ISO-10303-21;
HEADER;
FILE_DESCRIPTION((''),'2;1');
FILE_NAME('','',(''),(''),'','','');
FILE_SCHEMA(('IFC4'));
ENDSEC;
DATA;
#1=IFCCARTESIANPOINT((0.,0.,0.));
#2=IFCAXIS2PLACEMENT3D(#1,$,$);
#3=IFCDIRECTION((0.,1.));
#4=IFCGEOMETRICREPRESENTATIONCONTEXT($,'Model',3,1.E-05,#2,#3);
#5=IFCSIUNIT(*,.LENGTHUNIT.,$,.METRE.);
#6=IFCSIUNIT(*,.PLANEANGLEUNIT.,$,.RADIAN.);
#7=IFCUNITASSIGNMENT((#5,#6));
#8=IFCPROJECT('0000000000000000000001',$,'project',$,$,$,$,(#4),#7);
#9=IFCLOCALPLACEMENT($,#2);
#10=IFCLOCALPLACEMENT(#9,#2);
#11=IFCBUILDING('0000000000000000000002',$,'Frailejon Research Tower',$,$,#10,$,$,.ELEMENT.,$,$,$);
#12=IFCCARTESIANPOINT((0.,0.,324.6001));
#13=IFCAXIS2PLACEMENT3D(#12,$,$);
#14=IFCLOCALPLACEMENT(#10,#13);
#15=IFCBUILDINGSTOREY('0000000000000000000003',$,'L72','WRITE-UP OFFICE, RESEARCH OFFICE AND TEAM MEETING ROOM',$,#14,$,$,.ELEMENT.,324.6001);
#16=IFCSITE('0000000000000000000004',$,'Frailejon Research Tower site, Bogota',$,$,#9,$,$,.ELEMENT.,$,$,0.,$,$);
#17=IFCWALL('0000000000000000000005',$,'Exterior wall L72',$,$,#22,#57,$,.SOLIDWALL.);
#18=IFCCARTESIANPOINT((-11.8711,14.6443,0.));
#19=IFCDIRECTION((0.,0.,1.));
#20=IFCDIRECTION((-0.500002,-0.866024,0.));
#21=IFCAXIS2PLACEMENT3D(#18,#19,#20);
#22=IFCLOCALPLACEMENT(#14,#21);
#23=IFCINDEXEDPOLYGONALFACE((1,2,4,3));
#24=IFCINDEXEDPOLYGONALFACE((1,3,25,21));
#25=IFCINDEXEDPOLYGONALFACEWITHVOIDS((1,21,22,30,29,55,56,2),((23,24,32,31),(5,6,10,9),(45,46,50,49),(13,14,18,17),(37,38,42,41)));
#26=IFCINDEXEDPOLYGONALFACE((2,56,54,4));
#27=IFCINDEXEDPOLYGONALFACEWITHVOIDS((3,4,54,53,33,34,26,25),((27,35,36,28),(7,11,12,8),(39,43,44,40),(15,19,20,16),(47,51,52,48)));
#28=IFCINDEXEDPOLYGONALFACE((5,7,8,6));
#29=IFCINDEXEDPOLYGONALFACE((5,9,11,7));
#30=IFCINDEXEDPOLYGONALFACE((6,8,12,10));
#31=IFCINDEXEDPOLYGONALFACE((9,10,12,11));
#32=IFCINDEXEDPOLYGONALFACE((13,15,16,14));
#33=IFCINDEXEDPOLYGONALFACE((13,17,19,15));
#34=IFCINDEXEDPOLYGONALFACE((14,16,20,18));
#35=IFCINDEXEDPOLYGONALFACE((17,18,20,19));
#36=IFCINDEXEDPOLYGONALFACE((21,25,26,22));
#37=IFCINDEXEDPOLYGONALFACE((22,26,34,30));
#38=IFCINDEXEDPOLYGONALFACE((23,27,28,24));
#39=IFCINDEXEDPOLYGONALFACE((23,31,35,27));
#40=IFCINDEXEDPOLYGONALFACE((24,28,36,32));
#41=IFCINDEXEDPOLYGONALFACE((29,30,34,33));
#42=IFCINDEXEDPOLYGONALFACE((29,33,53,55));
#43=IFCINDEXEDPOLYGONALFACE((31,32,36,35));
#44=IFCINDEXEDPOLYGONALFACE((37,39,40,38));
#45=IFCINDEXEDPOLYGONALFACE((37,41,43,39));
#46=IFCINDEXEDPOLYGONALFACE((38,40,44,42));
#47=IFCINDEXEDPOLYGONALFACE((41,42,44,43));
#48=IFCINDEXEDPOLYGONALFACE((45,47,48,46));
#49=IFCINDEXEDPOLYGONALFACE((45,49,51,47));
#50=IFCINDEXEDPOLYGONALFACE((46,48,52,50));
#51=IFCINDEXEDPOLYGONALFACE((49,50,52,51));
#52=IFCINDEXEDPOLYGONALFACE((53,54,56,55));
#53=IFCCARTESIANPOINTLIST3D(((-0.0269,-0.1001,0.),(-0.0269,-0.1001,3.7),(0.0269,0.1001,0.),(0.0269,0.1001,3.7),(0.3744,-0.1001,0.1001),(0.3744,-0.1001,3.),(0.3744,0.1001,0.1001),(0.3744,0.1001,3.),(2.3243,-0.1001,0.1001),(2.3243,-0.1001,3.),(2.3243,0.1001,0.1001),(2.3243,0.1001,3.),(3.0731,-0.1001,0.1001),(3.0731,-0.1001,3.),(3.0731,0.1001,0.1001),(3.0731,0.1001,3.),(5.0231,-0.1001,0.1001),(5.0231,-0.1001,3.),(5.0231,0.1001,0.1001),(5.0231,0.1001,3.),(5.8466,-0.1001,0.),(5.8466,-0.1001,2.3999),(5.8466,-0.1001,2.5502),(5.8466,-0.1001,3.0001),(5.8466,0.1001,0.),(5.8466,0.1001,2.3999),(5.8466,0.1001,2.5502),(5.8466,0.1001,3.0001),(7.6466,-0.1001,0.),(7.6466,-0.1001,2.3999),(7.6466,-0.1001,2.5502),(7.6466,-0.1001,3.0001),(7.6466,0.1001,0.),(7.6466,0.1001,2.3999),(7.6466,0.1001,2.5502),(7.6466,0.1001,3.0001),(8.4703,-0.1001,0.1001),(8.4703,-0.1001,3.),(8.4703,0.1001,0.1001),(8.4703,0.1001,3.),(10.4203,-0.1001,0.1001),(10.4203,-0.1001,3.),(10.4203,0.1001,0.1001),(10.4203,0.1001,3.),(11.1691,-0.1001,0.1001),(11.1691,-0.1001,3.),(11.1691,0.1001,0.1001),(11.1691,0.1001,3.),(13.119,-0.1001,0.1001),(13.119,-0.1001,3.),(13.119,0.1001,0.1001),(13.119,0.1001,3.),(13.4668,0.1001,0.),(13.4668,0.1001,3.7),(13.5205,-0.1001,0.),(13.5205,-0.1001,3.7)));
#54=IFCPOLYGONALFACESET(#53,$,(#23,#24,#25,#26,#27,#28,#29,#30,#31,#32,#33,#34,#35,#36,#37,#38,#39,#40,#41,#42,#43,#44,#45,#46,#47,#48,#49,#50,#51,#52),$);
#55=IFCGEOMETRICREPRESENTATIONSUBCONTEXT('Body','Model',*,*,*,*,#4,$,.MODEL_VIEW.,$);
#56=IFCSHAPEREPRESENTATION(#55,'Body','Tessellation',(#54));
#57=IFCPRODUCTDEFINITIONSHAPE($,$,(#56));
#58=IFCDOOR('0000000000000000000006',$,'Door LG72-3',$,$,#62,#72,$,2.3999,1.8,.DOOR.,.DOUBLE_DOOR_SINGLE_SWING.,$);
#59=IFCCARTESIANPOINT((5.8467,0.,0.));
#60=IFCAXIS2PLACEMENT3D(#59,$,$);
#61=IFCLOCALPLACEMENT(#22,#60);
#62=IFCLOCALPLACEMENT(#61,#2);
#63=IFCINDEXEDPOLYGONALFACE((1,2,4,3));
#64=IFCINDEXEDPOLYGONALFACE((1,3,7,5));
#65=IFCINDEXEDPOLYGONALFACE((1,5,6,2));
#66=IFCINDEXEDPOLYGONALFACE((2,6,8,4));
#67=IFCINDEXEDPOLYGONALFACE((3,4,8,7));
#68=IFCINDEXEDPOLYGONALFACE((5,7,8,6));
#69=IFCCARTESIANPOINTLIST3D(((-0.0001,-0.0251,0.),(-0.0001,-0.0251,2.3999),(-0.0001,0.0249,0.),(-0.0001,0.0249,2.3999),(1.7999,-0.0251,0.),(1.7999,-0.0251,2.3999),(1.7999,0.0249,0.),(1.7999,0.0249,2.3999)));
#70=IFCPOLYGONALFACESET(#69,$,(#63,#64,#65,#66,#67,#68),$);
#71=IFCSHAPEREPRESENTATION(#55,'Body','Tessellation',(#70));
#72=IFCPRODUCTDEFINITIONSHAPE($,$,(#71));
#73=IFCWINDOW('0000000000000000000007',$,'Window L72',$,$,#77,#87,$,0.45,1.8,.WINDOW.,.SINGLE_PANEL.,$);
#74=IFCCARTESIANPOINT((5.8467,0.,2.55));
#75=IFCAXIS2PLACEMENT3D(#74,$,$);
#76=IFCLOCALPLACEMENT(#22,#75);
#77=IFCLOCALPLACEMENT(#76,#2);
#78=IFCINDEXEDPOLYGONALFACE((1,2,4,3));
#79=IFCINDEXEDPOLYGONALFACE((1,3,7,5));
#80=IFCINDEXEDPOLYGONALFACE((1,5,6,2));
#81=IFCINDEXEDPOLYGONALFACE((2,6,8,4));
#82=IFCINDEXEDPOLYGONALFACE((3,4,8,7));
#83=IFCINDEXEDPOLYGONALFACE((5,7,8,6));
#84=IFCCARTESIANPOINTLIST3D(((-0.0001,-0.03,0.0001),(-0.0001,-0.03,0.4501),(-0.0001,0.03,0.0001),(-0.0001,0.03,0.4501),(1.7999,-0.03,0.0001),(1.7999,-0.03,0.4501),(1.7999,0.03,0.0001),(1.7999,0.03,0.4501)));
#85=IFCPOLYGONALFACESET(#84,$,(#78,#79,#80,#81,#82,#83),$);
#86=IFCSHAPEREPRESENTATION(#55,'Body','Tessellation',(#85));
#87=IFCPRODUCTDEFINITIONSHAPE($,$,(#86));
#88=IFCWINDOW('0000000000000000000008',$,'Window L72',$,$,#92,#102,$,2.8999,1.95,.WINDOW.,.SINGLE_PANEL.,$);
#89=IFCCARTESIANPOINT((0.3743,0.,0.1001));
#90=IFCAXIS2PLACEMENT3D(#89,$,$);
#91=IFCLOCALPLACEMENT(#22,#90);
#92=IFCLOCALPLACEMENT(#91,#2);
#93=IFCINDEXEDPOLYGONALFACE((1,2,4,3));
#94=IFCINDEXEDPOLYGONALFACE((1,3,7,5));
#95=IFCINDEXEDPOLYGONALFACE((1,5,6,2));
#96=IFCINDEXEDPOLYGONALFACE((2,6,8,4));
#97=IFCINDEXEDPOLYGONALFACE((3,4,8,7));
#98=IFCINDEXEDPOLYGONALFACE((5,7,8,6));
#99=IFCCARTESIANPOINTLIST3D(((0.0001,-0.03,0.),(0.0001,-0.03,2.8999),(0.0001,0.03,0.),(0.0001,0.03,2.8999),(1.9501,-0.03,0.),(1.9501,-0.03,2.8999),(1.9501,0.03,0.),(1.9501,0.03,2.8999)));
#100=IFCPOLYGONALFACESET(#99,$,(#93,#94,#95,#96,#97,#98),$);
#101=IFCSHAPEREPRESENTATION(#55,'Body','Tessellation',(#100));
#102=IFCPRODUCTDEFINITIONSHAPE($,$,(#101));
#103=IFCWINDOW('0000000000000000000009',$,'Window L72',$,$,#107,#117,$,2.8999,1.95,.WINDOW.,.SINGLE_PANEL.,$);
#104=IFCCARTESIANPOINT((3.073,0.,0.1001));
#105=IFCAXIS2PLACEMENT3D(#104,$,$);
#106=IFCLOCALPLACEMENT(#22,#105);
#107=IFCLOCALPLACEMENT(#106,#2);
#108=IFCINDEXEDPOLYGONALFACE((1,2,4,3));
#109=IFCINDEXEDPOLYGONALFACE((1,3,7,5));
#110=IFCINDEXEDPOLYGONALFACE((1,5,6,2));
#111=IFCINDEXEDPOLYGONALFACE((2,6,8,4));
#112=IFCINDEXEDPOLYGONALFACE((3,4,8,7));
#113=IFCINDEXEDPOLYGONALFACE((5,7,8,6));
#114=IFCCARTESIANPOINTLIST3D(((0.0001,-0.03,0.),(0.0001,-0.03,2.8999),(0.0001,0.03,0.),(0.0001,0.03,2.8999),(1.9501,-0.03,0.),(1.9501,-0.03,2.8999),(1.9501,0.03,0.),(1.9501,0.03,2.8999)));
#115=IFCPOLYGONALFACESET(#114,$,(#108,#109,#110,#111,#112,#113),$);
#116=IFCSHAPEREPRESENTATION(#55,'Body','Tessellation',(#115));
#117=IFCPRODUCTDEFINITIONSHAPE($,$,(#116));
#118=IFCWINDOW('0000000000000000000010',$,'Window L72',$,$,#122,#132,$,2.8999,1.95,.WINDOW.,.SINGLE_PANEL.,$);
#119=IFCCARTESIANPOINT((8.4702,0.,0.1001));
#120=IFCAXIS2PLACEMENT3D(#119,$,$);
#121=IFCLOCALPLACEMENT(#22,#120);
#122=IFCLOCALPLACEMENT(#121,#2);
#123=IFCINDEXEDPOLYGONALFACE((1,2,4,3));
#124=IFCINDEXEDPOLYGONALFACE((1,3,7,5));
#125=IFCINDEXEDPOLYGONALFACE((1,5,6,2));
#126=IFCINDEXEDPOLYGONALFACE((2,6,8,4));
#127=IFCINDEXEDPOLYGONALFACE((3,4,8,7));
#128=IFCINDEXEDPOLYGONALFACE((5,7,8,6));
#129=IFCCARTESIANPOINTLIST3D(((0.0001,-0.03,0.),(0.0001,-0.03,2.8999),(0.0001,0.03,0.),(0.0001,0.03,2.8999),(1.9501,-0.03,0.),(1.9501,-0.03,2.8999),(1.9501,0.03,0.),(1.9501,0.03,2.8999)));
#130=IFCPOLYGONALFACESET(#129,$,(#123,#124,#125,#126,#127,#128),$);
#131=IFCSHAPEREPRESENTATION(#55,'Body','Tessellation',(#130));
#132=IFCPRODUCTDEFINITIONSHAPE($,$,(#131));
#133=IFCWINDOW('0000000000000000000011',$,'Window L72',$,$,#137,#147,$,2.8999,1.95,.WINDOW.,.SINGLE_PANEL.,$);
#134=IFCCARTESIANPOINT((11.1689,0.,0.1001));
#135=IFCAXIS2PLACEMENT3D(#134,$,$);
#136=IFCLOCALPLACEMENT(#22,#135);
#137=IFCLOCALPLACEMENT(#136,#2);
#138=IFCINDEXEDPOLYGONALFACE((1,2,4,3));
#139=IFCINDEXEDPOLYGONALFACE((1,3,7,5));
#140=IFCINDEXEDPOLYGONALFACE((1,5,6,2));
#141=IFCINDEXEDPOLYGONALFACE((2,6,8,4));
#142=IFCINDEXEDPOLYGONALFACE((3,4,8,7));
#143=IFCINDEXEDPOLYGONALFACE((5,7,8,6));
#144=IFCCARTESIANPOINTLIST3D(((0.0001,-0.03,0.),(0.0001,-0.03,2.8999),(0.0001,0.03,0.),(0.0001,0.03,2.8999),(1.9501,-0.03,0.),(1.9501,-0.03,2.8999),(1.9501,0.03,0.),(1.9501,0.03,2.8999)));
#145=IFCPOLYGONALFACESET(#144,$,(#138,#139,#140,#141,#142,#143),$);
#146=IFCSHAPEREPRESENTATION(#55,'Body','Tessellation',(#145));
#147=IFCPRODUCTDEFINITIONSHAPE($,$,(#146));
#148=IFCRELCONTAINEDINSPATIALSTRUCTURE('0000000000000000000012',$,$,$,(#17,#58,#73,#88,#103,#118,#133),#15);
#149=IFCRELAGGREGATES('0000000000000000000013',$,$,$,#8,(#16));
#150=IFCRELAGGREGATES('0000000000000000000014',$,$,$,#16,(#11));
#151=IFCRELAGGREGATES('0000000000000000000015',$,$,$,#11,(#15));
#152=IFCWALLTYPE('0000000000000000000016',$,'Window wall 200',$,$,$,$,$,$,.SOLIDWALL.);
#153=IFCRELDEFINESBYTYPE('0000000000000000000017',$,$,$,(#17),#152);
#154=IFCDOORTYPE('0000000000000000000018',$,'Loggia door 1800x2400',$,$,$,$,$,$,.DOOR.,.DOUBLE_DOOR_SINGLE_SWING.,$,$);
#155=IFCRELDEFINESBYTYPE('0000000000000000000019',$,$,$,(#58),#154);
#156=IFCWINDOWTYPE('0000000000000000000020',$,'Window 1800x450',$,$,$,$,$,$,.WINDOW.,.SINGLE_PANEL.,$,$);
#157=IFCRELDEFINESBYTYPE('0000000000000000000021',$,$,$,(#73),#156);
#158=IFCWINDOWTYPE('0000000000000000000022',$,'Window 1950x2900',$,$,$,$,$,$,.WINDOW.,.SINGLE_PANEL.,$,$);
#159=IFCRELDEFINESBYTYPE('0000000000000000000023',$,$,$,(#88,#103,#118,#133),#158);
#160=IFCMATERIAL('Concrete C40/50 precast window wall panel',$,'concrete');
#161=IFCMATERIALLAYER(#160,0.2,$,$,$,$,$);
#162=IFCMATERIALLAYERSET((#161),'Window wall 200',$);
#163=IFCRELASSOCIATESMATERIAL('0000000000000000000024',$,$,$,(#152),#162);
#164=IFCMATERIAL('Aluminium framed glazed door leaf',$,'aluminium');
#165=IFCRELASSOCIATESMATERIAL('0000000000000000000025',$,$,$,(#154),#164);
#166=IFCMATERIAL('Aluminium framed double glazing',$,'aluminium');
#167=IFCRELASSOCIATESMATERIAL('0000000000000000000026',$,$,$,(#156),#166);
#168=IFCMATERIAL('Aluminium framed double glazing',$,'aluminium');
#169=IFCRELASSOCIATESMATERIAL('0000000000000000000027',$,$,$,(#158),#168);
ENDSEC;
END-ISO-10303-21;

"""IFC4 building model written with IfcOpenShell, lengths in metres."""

from ifc_helpers import new_model, si_unit, direction, frame, frame_2d, origin, place, context, subcontext, project, spatial, polyline, rectangle, outline, extrude, material, layer, layer_set, type_object, element, fill, save


model = new_model("IFC4")

# Units and contexts
model_context = context("Model", 3, precision=1e-05, world=origin(), true_north=direction((0.0, 1.0)))
body_context = subcontext(model_context, "Body", "Model", "MODEL_VIEW")
ifc_project = project(units=[si_unit("LENGTHUNIT", "METRE"), si_unit("PLANEANGLEUNIT", "RADIAN")], contexts=[model_context])

# Site, building, storey
site_placement = place(None, origin())
site = spatial("IfcSite", under=ifc_project, at=site_placement, Name="Frailejon Research Tower site, Bogota", CompositionType="ELEMENT", RefElevation=0.0)
building_placement = place(site_placement, origin())
building = spatial("IfcBuilding", under=site, at=building_placement, Name="Frailejon Research Tower", CompositionType="ELEMENT")
storey_placement = place(building_placement, frame((0.0, 0.0, 324.6001)))
storey = spatial("IfcBuildingStorey", under=building, at=storey_placement, Name="L72", Description="WRITE-UP OFFICE, RESEARCH OFFICE AND TEAM MEETING ROOM", CompositionType="ELEMENT", Elevation=324.6001)

# Wall, openings, door, windows
ifc_material_1 = material(Name="Concrete C40/50 precast window wall panel", Category="concrete")
ifc_layer_1 = layer(ifc_material_1, 0.2)
ifc_layer_set_1 = layer_set([ifc_layer_1], Name="Window wall 200")
wall_type_1 = type_object("IfcWallType", Name="Window wall 200", PredefinedType="SOLIDWALL", material=ifc_layer_set_1)
wall_1_placement = place(storey_placement, frame((-11.8711, 14.6443, 0.0), z_axis=(0.0, 0.0, 1.0), x_axis=(-0.500002, -0.866024, 0.0)))
wall_1 = element("IfcWall", 1, at=wall_1_placement, inside=storey, type_object=wall_type_1, Name="Exterior wall L72", PredefinedType="SOLIDWALL", context=body_context, shape_type="SweptSolid", body=[
    extrude(outline(polyline([(-0.0269, -0.1001), (1.0151, -0.1001), (2.0574, -0.1001), (3.0994, -0.1001), (4.1416, -0.1001), (5.1836, -0.1001), (6.2258, -0.1001), (7.2678, -0.1001), (8.3101, -0.1001), (9.3521, -0.1001), (10.3943, -0.1001), (11.4363, -0.1001), (12.4785, -0.1001), (13.5205, -0.1001), (13.4668, 0.1001), (12.4329, 0.1001), (11.3992, 0.1001), (10.3652, 0.1001), (9.3315, 0.1001), (8.2976, 0.1001), (7.2637, 0.1001), (6.23, 0.1001), (5.196, 0.1001), (4.1621, 0.1001), (3.1284, 0.1001), (2.0945, 0.1001), (1.0608, 0.1001), (0.0269, 0.1001), (-0.0269, -0.1001)])), origin(), (0.0, 0.0, 1.0), 3.7),
])
opening_1_placement = place(wall_1_placement, frame((0.3743, 0.0, 0.1001)))
opening_1 = element("IfcOpeningElement", 2, at=opening_1_placement, cuts=wall_1, PredefinedType="OPENING", context=body_context, shape_type="SweptSolid", body=[
    extrude(rectangle(XDim=1.95, YDim=2.8999, at=frame_2d((0.9751, 1.45))), frame((0.0, 0.1099, 0.0), z_axis=(0.0, -1.0, 0.0), x_axis=(1.0, 0.0, 0.0)), (0.0, 0.0, 1.0), 0.22),
])
opening_2_placement = place(wall_1_placement, frame((3.073, 0.0, 0.1001)))
opening_2 = element("IfcOpeningElement", 3, at=opening_2_placement, cuts=wall_1, PredefinedType="OPENING", context=body_context, shape_type="SweptSolid", body=[
    extrude(rectangle(XDim=1.95, YDim=2.8999, at=frame_2d((0.9751, 1.45))), frame((0.0, 0.1099, 0.0), z_axis=(0.0, -1.0, 0.0), x_axis=(1.0, 0.0, 0.0)), (0.0, 0.0, 1.0), 0.22),
])
opening_3_placement = place(wall_1_placement, frame((5.8467, 0.0, 0.0)))
opening_3 = element("IfcOpeningElement", 4, at=opening_3_placement, cuts=wall_1, PredefinedType="OPENING", context=body_context, shape_type="SweptSolid", body=[
    extrude(rectangle(XDim=1.8, YDim=2.3999, at=frame_2d((0.8999, 1.2))), frame((0.0, 0.1099, 0.0), z_axis=(0.0, -1.0, 0.0), x_axis=(1.0, 0.0, 0.0)), (0.0, 0.0, 1.0), 0.22),
])
opening_4_placement = place(wall_1_placement, frame((5.8467, 0.0, 2.55)))
opening_4 = element("IfcOpeningElement", 5, at=opening_4_placement, cuts=wall_1, PredefinedType="OPENING", context=body_context, shape_type="SweptSolid", body=[
    extrude(rectangle(XDim=1.8, YDim=0.45, at=frame_2d((0.8999, 0.2251))), frame((0.0, 0.1099, 0.0), z_axis=(0.0, -1.0, 0.0), x_axis=(1.0, 0.0, 0.0)), (0.0, 0.0, 1.0), 0.22),
])
opening_5_placement = place(wall_1_placement, frame((8.4702, 0.0, 0.1001)))
opening_5 = element("IfcOpeningElement", 6, at=opening_5_placement, cuts=wall_1, PredefinedType="OPENING", context=body_context, shape_type="SweptSolid", body=[
    extrude(rectangle(XDim=1.95, YDim=2.8999, at=frame_2d((0.9751, 1.45))), frame((0.0, 0.1099, 0.0), z_axis=(0.0, -1.0, 0.0), x_axis=(1.0, 0.0, 0.0)), (0.0, 0.0, 1.0), 0.22),
])
opening_6_placement = place(wall_1_placement, frame((11.1689, 0.0, 0.1001)))
opening_6 = element("IfcOpeningElement", 7, at=opening_6_placement, cuts=wall_1, PredefinedType="OPENING", context=body_context, shape_type="SweptSolid", body=[
    extrude(rectangle(XDim=1.95, YDim=2.8999, at=frame_2d((0.9751, 1.45))), frame((0.0, 0.1099, 0.0), z_axis=(0.0, -1.0, 0.0), x_axis=(1.0, 0.0, 0.0)), (0.0, 0.0, 1.0), 0.22),
])
ifc_material_2 = material(Name="Aluminium framed glazed door leaf", Category="aluminium")
door_type_1 = type_object("IfcDoorType", Name="Loggia door 1800x2400", OperationType="DOUBLE_DOOR_SINGLE_SWING", PredefinedType="DOOR", material=ifc_material_2)
door_1_placement = place(opening_3_placement, origin())
door_1 = element("IfcDoor", 8, at=door_1_placement, inside=storey, type_object=door_type_1, Name="Door LG72-3", OperationType="DOUBLE_DOOR_SINGLE_SWING", OverallHeight=2.3999, OverallWidth=1.8, PredefinedType="DOOR", context=body_context, shape_type="SweptSolid", body=[
    extrude(rectangle(XDim=1.8, YDim=2.3999, at=frame_2d((0.8999, 1.2))), frame((0.0, 0.0249, 0.0), z_axis=(0.0, -1.0, 0.0), x_axis=(1.0, 0.0, 0.0)), (0.0, 0.0, 1.0), 0.05),
])
fill(opening_3, door_1)
ifc_material_3 = material(Name="Aluminium framed double glazing", Category="aluminium")
window_type_1 = type_object("IfcWindowType", Name="Window 1800x450", PartitioningType="SINGLE_PANEL", PredefinedType="WINDOW", material=ifc_material_3)
window_1_placement = place(opening_4_placement, origin())
window_1 = element("IfcWindow", 9, at=window_1_placement, inside=storey, type_object=window_type_1, Name="Window L72", OverallHeight=0.45, OverallWidth=1.8, PartitioningType="SINGLE_PANEL", PredefinedType="WINDOW", context=body_context, shape_type="SweptSolid", body=[
    extrude(rectangle(XDim=1.8, YDim=0.45, at=frame_2d((0.8999, 0.2251))), frame((0.0, 0.03, 0.0), z_axis=(0.0, -1.0, 0.0), x_axis=(1.0, 0.0, 0.0)), (0.0, 0.0, 1.0), 0.0601),
])
fill(opening_4, window_1)
ifc_material_4 = material(Name="Aluminium framed double glazing", Category="aluminium")
window_type_2 = type_object("IfcWindowType", Name="Window 1950x2900", PartitioningType="SINGLE_PANEL", PredefinedType="WINDOW", material=ifc_material_4)
window_2_placement = place(opening_1_placement, origin())
window_2 = element("IfcWindow", 10, at=window_2_placement, inside=storey, type_object=window_type_2, Name="Window L72", OverallHeight=2.8999, OverallWidth=1.95, PartitioningType="SINGLE_PANEL", PredefinedType="WINDOW", context=body_context, shape_type="SweptSolid", body=[
    extrude(rectangle(XDim=1.95, YDim=2.8999, at=frame_2d((0.9751, 1.45))), frame((0.0, 0.03, 0.0), z_axis=(0.0, -1.0, 0.0), x_axis=(1.0, 0.0, 0.0)), (0.0, 0.0, 1.0), 0.0601),
])
fill(opening_1, window_2)
window_3_placement = place(opening_2_placement, origin())
window_3 = element("IfcWindow", 11, at=window_3_placement, inside=storey, type_object=window_type_2, Name="Window L72", OverallHeight=2.8999, OverallWidth=1.95, PartitioningType="SINGLE_PANEL", PredefinedType="WINDOW", context=body_context, shape_type="SweptSolid", body=[
    extrude(rectangle(XDim=1.95, YDim=2.8999, at=frame_2d((0.9751, 1.45))), frame((0.0, 0.03, 0.0), z_axis=(0.0, -1.0, 0.0), x_axis=(1.0, 0.0, 0.0)), (0.0, 0.0, 1.0), 0.0601),
])
fill(opening_2, window_3)
window_4_placement = place(opening_5_placement, origin())
window_4 = element("IfcWindow", 12, at=window_4_placement, inside=storey, type_object=window_type_2, Name="Window L72", OverallHeight=2.8999, OverallWidth=1.95, PartitioningType="SINGLE_PANEL", PredefinedType="WINDOW", context=body_context, shape_type="SweptSolid", body=[
    extrude(rectangle(XDim=1.95, YDim=2.8999, at=frame_2d((0.9751, 1.45))), frame((0.0, 0.03, 0.0), z_axis=(0.0, -1.0, 0.0), x_axis=(1.0, 0.0, 0.0)), (0.0, 0.0, 1.0), 0.0601),
])
fill(opening_5, window_4)
window_5_placement = place(opening_6_placement, origin())
window_5 = element("IfcWindow", 13, at=window_5_placement, inside=storey, type_object=window_type_2, Name="Window L72", OverallHeight=2.8999, OverallWidth=1.95, PartitioningType="SINGLE_PANEL", PredefinedType="WINDOW", context=body_context, shape_type="SweptSolid", body=[
    extrude(rectangle(XDim=1.95, YDim=2.8999, at=frame_2d((0.9751, 1.45))), frame((0.0, 0.03, 0.0), z_axis=(0.0, -1.0, 0.0), x_axis=(1.0, 0.0, 0.0)), (0.0, 0.0, 1.0), 0.0601),
])
fill(opening_6, window_5)

save(model, "model.ifc")
